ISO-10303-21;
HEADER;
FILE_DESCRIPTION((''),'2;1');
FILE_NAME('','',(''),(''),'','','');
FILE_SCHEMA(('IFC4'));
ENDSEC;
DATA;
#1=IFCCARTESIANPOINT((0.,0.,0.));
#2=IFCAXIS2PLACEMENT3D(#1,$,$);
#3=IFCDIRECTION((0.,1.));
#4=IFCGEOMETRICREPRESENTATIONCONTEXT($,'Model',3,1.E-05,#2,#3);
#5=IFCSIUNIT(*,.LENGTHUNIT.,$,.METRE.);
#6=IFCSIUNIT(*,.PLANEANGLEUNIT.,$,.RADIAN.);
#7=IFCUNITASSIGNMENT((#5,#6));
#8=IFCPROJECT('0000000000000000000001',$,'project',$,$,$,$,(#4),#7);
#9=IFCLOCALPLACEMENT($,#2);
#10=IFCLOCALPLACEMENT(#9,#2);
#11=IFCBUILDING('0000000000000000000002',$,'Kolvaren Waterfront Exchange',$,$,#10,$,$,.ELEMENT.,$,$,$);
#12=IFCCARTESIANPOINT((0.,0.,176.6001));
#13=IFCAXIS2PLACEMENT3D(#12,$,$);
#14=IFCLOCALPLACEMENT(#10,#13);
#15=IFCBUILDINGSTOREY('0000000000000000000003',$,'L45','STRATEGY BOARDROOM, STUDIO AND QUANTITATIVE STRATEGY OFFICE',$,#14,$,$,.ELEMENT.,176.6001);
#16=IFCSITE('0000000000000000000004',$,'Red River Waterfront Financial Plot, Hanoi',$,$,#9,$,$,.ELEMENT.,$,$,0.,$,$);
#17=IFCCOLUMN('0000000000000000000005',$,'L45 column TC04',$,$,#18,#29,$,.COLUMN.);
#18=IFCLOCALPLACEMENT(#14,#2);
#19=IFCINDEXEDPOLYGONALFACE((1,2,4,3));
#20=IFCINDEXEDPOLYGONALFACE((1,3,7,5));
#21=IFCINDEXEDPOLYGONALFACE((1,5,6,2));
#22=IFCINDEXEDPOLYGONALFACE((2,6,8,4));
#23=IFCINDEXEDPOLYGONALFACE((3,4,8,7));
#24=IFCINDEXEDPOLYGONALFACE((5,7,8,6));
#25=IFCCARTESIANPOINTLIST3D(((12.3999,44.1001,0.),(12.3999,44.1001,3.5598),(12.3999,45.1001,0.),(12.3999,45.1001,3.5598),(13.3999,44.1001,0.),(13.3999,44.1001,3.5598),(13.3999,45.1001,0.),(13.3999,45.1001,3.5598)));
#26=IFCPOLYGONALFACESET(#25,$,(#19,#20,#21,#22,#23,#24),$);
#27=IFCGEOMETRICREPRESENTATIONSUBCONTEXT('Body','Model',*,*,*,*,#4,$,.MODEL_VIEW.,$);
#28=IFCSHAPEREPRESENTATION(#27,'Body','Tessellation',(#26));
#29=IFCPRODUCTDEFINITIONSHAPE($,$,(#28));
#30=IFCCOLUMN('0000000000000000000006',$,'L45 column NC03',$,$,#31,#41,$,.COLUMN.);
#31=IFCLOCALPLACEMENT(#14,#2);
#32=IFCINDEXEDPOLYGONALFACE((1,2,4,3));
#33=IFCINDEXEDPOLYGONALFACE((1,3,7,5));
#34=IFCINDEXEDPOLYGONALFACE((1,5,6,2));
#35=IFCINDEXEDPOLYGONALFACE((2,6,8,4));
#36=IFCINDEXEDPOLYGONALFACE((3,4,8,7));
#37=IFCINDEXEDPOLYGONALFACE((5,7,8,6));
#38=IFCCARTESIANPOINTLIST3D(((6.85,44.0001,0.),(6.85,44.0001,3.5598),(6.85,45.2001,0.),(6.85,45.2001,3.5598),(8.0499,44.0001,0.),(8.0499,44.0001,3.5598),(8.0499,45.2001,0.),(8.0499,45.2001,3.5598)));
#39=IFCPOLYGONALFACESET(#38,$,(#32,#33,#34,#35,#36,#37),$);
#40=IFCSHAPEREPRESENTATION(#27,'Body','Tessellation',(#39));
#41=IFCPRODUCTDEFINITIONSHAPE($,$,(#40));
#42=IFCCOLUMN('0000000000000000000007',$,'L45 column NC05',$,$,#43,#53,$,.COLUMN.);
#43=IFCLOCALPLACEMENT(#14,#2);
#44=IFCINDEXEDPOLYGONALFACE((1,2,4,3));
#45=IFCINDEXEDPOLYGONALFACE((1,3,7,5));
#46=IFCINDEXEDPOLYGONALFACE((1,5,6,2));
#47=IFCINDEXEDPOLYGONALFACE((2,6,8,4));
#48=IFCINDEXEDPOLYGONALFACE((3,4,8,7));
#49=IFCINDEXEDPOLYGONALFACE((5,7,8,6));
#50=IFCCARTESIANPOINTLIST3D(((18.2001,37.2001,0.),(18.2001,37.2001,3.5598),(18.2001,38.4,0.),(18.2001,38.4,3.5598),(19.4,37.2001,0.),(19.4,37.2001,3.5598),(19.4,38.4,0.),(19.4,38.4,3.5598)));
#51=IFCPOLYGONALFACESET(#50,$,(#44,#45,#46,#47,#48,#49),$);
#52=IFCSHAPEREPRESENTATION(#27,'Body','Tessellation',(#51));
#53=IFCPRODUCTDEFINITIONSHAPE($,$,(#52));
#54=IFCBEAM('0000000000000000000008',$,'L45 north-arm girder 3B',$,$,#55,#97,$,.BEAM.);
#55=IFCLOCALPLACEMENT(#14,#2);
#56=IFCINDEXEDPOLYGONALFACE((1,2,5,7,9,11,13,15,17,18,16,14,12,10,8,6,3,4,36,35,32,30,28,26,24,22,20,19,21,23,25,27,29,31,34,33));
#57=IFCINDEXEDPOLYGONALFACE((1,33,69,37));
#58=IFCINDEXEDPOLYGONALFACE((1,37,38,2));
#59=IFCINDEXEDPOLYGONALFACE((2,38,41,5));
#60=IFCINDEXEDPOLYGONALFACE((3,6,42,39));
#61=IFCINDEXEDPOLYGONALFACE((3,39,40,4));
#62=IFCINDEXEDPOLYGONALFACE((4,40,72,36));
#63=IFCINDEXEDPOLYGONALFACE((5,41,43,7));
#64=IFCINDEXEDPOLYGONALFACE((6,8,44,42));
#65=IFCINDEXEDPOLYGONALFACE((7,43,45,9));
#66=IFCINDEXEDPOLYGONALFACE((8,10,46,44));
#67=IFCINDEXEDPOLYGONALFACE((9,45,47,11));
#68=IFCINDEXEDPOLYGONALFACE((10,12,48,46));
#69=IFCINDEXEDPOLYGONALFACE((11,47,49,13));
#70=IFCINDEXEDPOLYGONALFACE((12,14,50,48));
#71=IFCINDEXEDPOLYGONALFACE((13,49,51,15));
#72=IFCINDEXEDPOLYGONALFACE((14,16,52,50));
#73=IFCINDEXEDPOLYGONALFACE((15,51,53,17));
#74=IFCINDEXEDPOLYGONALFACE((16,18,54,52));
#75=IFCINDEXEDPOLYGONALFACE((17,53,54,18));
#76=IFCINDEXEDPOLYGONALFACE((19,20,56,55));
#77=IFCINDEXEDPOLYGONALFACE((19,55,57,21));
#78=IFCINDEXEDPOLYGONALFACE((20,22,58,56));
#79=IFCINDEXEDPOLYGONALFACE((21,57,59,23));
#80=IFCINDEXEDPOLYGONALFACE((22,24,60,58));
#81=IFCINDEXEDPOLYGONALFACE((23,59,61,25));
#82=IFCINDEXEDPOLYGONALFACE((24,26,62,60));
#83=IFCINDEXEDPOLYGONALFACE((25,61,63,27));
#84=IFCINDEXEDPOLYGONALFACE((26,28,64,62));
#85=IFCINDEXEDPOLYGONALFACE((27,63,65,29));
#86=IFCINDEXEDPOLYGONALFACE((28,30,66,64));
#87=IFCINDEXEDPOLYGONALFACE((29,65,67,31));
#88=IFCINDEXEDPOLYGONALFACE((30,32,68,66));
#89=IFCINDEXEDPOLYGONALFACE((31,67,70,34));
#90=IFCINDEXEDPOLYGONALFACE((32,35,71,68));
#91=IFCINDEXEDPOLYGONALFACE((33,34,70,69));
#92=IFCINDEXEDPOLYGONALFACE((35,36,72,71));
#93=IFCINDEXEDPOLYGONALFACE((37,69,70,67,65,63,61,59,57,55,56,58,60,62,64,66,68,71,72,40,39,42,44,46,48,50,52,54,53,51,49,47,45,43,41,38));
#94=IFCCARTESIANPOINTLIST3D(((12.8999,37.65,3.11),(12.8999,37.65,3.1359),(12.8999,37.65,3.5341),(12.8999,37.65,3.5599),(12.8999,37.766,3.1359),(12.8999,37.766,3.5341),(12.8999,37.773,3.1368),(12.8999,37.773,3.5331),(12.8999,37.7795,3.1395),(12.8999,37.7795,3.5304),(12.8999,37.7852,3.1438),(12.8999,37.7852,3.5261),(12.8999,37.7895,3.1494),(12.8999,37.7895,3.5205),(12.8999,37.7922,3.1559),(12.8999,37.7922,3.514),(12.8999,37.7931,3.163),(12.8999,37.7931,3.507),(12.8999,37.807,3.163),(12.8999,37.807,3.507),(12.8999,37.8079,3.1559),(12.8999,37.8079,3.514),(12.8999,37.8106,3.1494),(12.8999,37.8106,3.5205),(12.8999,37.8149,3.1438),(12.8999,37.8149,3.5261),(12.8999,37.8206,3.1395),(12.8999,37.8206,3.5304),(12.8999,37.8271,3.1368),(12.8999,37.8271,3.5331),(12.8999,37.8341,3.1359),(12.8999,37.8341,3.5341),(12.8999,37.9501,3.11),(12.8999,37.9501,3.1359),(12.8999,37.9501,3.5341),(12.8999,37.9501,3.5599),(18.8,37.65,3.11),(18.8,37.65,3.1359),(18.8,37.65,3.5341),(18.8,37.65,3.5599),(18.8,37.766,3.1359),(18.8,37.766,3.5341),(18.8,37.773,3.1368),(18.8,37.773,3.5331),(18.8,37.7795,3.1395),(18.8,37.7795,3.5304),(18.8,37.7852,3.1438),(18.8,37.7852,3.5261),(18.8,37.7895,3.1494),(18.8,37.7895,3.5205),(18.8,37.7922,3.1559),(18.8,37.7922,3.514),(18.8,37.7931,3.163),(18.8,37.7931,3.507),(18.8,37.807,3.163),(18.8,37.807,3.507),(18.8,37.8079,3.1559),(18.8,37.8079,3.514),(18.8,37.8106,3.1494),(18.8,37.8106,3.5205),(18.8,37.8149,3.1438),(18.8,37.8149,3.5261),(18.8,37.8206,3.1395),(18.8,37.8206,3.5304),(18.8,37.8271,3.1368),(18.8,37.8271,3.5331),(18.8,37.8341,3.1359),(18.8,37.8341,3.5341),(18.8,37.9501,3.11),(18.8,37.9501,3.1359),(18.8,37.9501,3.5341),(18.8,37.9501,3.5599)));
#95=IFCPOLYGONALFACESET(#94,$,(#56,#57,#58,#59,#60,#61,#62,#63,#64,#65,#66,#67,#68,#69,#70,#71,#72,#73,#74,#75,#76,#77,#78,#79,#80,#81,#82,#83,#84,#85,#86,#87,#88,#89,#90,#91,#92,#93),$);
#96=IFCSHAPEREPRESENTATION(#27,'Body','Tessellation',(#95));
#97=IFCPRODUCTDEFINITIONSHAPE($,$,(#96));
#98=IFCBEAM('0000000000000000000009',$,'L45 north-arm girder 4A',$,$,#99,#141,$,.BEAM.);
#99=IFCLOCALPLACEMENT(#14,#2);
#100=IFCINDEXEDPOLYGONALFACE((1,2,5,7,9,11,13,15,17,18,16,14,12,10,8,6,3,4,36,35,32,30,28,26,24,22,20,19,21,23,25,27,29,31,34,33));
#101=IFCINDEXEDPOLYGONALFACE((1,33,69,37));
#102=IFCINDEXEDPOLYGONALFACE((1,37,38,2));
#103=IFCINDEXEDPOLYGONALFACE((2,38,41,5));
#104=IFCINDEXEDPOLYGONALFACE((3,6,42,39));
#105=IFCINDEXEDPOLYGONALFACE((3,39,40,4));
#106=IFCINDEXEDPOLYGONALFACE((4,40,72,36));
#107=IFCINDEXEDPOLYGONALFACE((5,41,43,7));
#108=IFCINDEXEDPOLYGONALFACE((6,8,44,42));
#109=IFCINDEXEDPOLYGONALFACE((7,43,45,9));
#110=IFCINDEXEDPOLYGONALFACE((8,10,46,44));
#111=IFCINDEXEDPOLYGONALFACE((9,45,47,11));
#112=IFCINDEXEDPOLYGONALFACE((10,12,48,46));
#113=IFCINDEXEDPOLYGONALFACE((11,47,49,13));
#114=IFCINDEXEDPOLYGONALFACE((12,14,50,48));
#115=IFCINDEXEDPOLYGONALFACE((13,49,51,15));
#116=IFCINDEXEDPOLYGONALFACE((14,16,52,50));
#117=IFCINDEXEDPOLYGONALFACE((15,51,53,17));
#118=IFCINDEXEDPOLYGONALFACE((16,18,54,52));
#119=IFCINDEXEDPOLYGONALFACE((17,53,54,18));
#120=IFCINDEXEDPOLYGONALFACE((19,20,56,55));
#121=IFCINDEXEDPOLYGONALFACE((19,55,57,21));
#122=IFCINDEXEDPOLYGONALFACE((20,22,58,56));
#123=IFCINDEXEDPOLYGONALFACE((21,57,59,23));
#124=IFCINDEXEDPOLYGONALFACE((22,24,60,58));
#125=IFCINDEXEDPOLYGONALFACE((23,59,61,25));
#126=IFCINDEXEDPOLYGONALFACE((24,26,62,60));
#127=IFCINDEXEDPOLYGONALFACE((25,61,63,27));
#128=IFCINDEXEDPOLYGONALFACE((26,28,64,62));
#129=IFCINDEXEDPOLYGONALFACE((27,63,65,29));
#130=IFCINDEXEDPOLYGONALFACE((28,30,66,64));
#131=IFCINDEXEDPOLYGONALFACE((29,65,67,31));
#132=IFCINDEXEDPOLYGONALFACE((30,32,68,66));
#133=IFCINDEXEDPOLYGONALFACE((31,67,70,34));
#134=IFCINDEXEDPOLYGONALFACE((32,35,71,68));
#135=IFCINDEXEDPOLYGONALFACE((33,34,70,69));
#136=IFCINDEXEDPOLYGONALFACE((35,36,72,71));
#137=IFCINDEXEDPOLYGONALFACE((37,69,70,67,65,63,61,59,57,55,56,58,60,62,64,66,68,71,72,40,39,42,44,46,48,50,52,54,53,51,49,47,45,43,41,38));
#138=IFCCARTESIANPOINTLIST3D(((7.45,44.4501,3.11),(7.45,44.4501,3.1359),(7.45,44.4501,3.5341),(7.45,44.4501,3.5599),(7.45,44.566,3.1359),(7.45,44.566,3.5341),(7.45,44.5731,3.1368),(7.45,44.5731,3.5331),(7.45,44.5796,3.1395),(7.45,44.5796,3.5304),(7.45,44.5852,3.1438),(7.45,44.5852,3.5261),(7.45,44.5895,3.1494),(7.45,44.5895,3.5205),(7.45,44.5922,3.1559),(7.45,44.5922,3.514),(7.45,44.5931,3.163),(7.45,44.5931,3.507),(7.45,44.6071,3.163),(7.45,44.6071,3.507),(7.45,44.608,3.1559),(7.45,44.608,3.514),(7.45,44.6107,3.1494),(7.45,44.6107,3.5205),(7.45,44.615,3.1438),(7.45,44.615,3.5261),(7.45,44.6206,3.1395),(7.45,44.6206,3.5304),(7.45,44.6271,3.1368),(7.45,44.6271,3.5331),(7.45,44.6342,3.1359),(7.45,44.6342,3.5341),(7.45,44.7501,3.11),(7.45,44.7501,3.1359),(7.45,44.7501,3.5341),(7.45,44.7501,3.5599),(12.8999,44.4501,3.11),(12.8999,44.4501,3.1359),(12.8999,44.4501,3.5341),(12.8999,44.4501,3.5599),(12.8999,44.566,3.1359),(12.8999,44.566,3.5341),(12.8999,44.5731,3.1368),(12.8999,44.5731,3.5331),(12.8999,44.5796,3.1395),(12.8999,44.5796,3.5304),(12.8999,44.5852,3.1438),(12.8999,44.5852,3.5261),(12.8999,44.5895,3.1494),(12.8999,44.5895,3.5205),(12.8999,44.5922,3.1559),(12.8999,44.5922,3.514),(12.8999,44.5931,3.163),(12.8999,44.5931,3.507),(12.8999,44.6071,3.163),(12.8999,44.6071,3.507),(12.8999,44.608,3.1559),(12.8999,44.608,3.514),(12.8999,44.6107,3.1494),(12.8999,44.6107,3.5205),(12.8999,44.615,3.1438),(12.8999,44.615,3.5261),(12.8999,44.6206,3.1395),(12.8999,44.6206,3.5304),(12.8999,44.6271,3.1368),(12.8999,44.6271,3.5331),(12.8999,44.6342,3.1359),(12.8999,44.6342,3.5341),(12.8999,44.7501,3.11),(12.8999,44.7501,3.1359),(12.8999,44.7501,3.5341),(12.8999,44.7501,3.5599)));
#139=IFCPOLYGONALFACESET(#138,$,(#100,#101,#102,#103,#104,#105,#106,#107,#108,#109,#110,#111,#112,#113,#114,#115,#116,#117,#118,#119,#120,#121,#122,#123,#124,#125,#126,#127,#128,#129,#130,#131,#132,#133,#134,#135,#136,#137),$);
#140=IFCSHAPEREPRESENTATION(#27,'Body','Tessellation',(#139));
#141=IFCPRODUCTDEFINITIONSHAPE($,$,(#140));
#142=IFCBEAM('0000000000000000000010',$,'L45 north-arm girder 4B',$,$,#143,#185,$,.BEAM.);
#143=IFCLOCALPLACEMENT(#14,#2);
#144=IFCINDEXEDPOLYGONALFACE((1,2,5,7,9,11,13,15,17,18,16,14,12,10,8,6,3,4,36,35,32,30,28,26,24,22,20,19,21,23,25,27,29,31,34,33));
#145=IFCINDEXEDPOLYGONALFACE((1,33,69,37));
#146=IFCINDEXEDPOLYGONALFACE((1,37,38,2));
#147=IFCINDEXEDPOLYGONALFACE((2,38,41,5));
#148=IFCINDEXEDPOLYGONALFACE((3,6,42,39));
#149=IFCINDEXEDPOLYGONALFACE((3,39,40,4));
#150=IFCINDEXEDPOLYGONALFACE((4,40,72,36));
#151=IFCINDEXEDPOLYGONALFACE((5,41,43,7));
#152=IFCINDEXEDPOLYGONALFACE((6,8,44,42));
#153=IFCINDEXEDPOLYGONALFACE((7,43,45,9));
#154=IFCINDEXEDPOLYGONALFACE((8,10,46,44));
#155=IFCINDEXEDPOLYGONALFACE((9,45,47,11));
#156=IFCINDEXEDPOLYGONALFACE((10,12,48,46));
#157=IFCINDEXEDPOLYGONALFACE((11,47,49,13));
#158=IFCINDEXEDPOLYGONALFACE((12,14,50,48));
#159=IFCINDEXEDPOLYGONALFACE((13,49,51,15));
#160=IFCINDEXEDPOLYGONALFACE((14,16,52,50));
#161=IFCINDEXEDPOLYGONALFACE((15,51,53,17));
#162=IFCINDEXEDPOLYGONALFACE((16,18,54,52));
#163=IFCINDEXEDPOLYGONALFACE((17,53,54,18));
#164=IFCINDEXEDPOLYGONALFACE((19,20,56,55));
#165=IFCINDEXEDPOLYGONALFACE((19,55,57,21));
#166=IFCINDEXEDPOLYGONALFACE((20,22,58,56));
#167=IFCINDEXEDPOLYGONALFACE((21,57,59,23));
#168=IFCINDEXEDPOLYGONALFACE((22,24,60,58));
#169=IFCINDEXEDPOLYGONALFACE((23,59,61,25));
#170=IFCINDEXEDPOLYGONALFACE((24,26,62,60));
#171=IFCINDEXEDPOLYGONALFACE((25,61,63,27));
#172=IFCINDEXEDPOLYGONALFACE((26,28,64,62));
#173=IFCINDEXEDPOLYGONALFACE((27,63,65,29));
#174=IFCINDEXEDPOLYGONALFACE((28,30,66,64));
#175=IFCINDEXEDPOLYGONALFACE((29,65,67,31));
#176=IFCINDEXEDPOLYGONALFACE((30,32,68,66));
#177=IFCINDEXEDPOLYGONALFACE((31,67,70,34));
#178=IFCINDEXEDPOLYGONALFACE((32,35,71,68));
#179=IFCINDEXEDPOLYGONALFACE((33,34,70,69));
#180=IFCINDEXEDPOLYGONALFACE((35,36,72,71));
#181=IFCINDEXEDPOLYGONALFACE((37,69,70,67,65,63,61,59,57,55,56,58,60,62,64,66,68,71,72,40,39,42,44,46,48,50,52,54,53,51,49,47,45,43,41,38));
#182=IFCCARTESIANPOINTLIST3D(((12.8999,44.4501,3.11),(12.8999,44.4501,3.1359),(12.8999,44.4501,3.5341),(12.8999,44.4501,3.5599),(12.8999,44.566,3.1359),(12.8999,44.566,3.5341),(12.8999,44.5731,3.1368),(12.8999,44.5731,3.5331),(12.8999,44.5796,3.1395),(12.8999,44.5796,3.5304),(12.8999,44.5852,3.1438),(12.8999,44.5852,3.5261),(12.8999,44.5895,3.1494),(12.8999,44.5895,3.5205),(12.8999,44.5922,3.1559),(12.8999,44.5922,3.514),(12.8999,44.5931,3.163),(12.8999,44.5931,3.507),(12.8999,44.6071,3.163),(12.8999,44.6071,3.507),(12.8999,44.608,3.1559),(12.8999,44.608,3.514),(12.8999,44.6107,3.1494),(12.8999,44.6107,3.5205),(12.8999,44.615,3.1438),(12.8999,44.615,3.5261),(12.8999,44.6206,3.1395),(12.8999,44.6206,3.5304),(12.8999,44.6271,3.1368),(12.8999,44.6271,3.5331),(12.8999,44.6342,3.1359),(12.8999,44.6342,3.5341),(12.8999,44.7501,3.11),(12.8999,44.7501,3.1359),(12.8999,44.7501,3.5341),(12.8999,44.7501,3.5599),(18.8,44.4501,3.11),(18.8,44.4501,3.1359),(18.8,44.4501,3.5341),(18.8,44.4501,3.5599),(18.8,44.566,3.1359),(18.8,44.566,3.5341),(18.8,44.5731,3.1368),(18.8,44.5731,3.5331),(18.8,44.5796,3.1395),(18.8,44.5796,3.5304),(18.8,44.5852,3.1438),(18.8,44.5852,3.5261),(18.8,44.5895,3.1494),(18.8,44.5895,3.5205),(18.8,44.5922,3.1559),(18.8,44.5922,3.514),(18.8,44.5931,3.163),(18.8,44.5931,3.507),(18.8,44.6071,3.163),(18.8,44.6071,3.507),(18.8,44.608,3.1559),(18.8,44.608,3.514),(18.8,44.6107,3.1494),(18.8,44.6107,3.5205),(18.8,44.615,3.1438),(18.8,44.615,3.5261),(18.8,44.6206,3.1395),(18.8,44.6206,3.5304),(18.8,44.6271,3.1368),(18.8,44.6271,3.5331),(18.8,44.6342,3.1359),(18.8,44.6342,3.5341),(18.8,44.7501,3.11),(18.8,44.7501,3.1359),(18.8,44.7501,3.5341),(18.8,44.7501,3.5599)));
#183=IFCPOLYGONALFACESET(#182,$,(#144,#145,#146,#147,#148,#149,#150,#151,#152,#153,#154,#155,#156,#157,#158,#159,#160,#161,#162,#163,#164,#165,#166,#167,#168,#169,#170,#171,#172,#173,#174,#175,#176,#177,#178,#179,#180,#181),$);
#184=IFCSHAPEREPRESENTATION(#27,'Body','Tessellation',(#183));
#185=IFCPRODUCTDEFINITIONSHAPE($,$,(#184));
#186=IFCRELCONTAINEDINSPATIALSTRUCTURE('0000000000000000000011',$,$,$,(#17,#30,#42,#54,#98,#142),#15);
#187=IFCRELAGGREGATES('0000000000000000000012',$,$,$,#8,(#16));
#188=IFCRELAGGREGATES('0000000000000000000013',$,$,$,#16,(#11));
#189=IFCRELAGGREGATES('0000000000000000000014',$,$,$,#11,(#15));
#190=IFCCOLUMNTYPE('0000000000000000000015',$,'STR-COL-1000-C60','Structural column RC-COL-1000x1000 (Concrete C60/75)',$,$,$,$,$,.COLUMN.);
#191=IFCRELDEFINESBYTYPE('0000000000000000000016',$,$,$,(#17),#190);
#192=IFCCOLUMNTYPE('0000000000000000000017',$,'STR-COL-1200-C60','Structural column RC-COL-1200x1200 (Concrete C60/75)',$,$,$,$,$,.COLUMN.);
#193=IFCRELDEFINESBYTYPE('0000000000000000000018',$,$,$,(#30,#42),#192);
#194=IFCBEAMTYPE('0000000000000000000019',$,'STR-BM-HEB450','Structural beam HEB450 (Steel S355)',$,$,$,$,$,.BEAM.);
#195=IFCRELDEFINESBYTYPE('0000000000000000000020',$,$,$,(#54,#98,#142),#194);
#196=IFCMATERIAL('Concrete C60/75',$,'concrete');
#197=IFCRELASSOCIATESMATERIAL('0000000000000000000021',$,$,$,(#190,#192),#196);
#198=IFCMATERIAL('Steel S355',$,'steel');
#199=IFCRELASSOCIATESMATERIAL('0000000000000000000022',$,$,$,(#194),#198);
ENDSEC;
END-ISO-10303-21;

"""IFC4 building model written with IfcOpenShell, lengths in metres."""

from ifc_helpers import new_model, si_unit, direction, frame, origin, origin_2d, place, context, subcontext, project, spatial, rectangle, i_section, extrude, material, material_profile, profile_set, type_object, element, save


model = new_model("IFC4")

# Units and contexts
model_context = context("Model", 3, precision=1e-05, world=origin(), true_north=direction((0.0, 1.0)))
body_context = subcontext(model_context, "Body", "Model", "MODEL_VIEW")
ifc_project = project(units=[si_unit("LENGTHUNIT", "METRE"), si_unit("PLANEANGLEUNIT", "RADIAN")], contexts=[model_context])

# Site, building, storey
site_placement = place(None, origin())
site = spatial("IfcSite", under=ifc_project, at=site_placement, Name="Red River Waterfront Financial Plot, Hanoi", CompositionType="ELEMENT", RefElevation=0.0)
building_placement = place(site_placement, origin())
building = spatial("IfcBuilding", under=site, at=building_placement, Name="Kolvaren Waterfront Exchange", CompositionType="ELEMENT")
storey_placement = place(building_placement, frame((0.0, 0.0, 176.6001)))
storey = spatial("IfcBuildingStorey", under=building, at=storey_placement, Name="L45", Description="STRATEGY BOARDROOM, STUDIO AND QUANTITATIVE STRATEGY OFFICE", CompositionType="ELEMENT", Elevation=176.6001)

# Columns
ifc_material_1 = material(Name="Concrete C60/75", Category="concrete")
ifc_material_profile_1 = material_profile(ifc_material_1, rectangle(XDim=1.0, YDim=1.0, at=origin_2d()), Name="RC-COL-1000x1000")
ifc_profile_set_1 = profile_set([ifc_material_profile_1], Name="Concrete C60/75")
column_type_1 = type_object("IfcColumnType", Name="STR-COL-1000-C60", Description="Structural column RC-COL-1000x1000 (Concrete C60/75)", PredefinedType="COLUMN", material=ifc_profile_set_1)
column_placement = place(storey_placement, frame((12.8999, 44.6001, 0.0), z_axis=(0.0, 0.0, 1.0), x_axis=(1.0, 0.0, 0.0)))
element("IfcColumn", 1, at=column_placement, inside=storey, type_object=column_type_1, Name="L45 column TC04", PredefinedType="COLUMN", context=body_context, shape_type="SweptSolid", body=[
    extrude(rectangle(XDim=1.0, YDim=1.0, at=origin_2d()), origin(), (0.0, 0.0, 1.0), 3.5598),
])
ifc_material_profile_2 = material_profile(ifc_material_1, rectangle(XDim=1.2, YDim=1.2, at=origin_2d()), Name="RC-COL-1200x1200")
ifc_profile_set_2 = profile_set([ifc_material_profile_2], Name="Concrete C60/75")
column_type_2 = type_object("IfcColumnType", Name="STR-COL-1200-C60", Description="Structural column RC-COL-1200x1200 (Concrete C60/75)", PredefinedType="COLUMN", material=ifc_profile_set_2)
for number, where, z_axis, x_axis, name in (
    (2, (7.45, 44.6001, 0.0), (0.0, 0.0, 1.0), (1.0, 0.0, 0.0), "L45 column NC03"),
    (3, (18.8, 37.8, 0.0), (0.0, 0.0, 1.0), (1.0, 0.0, 0.0), "L45 column NC05"),
):
    element("IfcColumn", number, at=place(storey_placement, frame(where, z_axis=z_axis, x_axis=x_axis)), inside=storey, type_object=column_type_2, Name=name, PredefinedType="COLUMN", context=body_context, shape_type="SweptSolid", body=[
        extrude(rectangle(XDim=1.2, YDim=1.2, at=origin_2d()), origin(), (0.0, 0.0, 1.0), 3.5598),
    ])

# Beams
ifc_material_2 = material(Name="Steel S355", Category="steel")
ifc_material_profile_3 = material_profile(ifc_material_2, i_section(OverallWidth=0.3, OverallDepth=0.45, WebThickness=0.0139, FlangeThickness=0.0259, FilletRadius=0.0271, at=origin_2d()), Name="HEB450")
ifc_profile_set_3 = profile_set([ifc_material_profile_3], Name="Steel S355")
beam_type_1 = type_object("IfcBeamType", Name="STR-BM-HEB450", Description="Structural beam HEB450 (Steel S355)", PredefinedType="BEAM", material=ifc_profile_set_3)
beam_1_placement = place(storey_placement, frame((12.8999, 37.8, 3.335), z_axis=(1.0, 0.0, 0.0), x_axis=(0.0, 1.0, 0.0)))
element("IfcBeam", 4, at=beam_1_placement, inside=storey, type_object=beam_type_1, Name="L45 north-arm girder 3B", PredefinedType="BEAM", context=body_context, shape_type="SweptSolid", body=[
    extrude(i_section(OverallWidth=0.3, OverallDepth=0.45, WebThickness=0.0139, FlangeThickness=0.0259, FilletRadius=0.0271, at=origin_2d()), origin(), (0.0, 0.0, 1.0), 5.9001),
])
beam_2_placement = place(storey_placement, frame((7.45, 44.6001, 3.335), z_axis=(1.0, 0.0, 0.0), x_axis=(0.0, 1.0, 0.0)))
element("IfcBeam", 5, at=beam_2_placement, inside=storey, type_object=beam_type_1, Name="L45 north-arm girder 4A", PredefinedType="BEAM", context=body_context, shape_type="SweptSolid", body=[
    extrude(i_section(OverallWidth=0.3, OverallDepth=0.45, WebThickness=0.0139, FlangeThickness=0.0259, FilletRadius=0.0271, at=origin_2d()), origin(), (0.0, 0.0, 1.0), 5.45),
])
beam_3_placement = place(storey_placement, frame((12.8999, 44.6001, 3.335), z_axis=(1.0, 0.0, 0.0), x_axis=(0.0, 1.0, 0.0)))
element("IfcBeam", 6, at=beam_3_placement, inside=storey, type_object=beam_type_1, Name="L45 north-arm girder 4B", PredefinedType="BEAM", context=body_context, shape_type="SweptSolid", body=[
    extrude(i_section(OverallWidth=0.3, OverallDepth=0.45, WebThickness=0.0139, FlangeThickness=0.0259, FilletRadius=0.0271, at=origin_2d()), origin(), (0.0, 0.0, 1.0), 5.9001),
])

save(model, "model.ifc")
